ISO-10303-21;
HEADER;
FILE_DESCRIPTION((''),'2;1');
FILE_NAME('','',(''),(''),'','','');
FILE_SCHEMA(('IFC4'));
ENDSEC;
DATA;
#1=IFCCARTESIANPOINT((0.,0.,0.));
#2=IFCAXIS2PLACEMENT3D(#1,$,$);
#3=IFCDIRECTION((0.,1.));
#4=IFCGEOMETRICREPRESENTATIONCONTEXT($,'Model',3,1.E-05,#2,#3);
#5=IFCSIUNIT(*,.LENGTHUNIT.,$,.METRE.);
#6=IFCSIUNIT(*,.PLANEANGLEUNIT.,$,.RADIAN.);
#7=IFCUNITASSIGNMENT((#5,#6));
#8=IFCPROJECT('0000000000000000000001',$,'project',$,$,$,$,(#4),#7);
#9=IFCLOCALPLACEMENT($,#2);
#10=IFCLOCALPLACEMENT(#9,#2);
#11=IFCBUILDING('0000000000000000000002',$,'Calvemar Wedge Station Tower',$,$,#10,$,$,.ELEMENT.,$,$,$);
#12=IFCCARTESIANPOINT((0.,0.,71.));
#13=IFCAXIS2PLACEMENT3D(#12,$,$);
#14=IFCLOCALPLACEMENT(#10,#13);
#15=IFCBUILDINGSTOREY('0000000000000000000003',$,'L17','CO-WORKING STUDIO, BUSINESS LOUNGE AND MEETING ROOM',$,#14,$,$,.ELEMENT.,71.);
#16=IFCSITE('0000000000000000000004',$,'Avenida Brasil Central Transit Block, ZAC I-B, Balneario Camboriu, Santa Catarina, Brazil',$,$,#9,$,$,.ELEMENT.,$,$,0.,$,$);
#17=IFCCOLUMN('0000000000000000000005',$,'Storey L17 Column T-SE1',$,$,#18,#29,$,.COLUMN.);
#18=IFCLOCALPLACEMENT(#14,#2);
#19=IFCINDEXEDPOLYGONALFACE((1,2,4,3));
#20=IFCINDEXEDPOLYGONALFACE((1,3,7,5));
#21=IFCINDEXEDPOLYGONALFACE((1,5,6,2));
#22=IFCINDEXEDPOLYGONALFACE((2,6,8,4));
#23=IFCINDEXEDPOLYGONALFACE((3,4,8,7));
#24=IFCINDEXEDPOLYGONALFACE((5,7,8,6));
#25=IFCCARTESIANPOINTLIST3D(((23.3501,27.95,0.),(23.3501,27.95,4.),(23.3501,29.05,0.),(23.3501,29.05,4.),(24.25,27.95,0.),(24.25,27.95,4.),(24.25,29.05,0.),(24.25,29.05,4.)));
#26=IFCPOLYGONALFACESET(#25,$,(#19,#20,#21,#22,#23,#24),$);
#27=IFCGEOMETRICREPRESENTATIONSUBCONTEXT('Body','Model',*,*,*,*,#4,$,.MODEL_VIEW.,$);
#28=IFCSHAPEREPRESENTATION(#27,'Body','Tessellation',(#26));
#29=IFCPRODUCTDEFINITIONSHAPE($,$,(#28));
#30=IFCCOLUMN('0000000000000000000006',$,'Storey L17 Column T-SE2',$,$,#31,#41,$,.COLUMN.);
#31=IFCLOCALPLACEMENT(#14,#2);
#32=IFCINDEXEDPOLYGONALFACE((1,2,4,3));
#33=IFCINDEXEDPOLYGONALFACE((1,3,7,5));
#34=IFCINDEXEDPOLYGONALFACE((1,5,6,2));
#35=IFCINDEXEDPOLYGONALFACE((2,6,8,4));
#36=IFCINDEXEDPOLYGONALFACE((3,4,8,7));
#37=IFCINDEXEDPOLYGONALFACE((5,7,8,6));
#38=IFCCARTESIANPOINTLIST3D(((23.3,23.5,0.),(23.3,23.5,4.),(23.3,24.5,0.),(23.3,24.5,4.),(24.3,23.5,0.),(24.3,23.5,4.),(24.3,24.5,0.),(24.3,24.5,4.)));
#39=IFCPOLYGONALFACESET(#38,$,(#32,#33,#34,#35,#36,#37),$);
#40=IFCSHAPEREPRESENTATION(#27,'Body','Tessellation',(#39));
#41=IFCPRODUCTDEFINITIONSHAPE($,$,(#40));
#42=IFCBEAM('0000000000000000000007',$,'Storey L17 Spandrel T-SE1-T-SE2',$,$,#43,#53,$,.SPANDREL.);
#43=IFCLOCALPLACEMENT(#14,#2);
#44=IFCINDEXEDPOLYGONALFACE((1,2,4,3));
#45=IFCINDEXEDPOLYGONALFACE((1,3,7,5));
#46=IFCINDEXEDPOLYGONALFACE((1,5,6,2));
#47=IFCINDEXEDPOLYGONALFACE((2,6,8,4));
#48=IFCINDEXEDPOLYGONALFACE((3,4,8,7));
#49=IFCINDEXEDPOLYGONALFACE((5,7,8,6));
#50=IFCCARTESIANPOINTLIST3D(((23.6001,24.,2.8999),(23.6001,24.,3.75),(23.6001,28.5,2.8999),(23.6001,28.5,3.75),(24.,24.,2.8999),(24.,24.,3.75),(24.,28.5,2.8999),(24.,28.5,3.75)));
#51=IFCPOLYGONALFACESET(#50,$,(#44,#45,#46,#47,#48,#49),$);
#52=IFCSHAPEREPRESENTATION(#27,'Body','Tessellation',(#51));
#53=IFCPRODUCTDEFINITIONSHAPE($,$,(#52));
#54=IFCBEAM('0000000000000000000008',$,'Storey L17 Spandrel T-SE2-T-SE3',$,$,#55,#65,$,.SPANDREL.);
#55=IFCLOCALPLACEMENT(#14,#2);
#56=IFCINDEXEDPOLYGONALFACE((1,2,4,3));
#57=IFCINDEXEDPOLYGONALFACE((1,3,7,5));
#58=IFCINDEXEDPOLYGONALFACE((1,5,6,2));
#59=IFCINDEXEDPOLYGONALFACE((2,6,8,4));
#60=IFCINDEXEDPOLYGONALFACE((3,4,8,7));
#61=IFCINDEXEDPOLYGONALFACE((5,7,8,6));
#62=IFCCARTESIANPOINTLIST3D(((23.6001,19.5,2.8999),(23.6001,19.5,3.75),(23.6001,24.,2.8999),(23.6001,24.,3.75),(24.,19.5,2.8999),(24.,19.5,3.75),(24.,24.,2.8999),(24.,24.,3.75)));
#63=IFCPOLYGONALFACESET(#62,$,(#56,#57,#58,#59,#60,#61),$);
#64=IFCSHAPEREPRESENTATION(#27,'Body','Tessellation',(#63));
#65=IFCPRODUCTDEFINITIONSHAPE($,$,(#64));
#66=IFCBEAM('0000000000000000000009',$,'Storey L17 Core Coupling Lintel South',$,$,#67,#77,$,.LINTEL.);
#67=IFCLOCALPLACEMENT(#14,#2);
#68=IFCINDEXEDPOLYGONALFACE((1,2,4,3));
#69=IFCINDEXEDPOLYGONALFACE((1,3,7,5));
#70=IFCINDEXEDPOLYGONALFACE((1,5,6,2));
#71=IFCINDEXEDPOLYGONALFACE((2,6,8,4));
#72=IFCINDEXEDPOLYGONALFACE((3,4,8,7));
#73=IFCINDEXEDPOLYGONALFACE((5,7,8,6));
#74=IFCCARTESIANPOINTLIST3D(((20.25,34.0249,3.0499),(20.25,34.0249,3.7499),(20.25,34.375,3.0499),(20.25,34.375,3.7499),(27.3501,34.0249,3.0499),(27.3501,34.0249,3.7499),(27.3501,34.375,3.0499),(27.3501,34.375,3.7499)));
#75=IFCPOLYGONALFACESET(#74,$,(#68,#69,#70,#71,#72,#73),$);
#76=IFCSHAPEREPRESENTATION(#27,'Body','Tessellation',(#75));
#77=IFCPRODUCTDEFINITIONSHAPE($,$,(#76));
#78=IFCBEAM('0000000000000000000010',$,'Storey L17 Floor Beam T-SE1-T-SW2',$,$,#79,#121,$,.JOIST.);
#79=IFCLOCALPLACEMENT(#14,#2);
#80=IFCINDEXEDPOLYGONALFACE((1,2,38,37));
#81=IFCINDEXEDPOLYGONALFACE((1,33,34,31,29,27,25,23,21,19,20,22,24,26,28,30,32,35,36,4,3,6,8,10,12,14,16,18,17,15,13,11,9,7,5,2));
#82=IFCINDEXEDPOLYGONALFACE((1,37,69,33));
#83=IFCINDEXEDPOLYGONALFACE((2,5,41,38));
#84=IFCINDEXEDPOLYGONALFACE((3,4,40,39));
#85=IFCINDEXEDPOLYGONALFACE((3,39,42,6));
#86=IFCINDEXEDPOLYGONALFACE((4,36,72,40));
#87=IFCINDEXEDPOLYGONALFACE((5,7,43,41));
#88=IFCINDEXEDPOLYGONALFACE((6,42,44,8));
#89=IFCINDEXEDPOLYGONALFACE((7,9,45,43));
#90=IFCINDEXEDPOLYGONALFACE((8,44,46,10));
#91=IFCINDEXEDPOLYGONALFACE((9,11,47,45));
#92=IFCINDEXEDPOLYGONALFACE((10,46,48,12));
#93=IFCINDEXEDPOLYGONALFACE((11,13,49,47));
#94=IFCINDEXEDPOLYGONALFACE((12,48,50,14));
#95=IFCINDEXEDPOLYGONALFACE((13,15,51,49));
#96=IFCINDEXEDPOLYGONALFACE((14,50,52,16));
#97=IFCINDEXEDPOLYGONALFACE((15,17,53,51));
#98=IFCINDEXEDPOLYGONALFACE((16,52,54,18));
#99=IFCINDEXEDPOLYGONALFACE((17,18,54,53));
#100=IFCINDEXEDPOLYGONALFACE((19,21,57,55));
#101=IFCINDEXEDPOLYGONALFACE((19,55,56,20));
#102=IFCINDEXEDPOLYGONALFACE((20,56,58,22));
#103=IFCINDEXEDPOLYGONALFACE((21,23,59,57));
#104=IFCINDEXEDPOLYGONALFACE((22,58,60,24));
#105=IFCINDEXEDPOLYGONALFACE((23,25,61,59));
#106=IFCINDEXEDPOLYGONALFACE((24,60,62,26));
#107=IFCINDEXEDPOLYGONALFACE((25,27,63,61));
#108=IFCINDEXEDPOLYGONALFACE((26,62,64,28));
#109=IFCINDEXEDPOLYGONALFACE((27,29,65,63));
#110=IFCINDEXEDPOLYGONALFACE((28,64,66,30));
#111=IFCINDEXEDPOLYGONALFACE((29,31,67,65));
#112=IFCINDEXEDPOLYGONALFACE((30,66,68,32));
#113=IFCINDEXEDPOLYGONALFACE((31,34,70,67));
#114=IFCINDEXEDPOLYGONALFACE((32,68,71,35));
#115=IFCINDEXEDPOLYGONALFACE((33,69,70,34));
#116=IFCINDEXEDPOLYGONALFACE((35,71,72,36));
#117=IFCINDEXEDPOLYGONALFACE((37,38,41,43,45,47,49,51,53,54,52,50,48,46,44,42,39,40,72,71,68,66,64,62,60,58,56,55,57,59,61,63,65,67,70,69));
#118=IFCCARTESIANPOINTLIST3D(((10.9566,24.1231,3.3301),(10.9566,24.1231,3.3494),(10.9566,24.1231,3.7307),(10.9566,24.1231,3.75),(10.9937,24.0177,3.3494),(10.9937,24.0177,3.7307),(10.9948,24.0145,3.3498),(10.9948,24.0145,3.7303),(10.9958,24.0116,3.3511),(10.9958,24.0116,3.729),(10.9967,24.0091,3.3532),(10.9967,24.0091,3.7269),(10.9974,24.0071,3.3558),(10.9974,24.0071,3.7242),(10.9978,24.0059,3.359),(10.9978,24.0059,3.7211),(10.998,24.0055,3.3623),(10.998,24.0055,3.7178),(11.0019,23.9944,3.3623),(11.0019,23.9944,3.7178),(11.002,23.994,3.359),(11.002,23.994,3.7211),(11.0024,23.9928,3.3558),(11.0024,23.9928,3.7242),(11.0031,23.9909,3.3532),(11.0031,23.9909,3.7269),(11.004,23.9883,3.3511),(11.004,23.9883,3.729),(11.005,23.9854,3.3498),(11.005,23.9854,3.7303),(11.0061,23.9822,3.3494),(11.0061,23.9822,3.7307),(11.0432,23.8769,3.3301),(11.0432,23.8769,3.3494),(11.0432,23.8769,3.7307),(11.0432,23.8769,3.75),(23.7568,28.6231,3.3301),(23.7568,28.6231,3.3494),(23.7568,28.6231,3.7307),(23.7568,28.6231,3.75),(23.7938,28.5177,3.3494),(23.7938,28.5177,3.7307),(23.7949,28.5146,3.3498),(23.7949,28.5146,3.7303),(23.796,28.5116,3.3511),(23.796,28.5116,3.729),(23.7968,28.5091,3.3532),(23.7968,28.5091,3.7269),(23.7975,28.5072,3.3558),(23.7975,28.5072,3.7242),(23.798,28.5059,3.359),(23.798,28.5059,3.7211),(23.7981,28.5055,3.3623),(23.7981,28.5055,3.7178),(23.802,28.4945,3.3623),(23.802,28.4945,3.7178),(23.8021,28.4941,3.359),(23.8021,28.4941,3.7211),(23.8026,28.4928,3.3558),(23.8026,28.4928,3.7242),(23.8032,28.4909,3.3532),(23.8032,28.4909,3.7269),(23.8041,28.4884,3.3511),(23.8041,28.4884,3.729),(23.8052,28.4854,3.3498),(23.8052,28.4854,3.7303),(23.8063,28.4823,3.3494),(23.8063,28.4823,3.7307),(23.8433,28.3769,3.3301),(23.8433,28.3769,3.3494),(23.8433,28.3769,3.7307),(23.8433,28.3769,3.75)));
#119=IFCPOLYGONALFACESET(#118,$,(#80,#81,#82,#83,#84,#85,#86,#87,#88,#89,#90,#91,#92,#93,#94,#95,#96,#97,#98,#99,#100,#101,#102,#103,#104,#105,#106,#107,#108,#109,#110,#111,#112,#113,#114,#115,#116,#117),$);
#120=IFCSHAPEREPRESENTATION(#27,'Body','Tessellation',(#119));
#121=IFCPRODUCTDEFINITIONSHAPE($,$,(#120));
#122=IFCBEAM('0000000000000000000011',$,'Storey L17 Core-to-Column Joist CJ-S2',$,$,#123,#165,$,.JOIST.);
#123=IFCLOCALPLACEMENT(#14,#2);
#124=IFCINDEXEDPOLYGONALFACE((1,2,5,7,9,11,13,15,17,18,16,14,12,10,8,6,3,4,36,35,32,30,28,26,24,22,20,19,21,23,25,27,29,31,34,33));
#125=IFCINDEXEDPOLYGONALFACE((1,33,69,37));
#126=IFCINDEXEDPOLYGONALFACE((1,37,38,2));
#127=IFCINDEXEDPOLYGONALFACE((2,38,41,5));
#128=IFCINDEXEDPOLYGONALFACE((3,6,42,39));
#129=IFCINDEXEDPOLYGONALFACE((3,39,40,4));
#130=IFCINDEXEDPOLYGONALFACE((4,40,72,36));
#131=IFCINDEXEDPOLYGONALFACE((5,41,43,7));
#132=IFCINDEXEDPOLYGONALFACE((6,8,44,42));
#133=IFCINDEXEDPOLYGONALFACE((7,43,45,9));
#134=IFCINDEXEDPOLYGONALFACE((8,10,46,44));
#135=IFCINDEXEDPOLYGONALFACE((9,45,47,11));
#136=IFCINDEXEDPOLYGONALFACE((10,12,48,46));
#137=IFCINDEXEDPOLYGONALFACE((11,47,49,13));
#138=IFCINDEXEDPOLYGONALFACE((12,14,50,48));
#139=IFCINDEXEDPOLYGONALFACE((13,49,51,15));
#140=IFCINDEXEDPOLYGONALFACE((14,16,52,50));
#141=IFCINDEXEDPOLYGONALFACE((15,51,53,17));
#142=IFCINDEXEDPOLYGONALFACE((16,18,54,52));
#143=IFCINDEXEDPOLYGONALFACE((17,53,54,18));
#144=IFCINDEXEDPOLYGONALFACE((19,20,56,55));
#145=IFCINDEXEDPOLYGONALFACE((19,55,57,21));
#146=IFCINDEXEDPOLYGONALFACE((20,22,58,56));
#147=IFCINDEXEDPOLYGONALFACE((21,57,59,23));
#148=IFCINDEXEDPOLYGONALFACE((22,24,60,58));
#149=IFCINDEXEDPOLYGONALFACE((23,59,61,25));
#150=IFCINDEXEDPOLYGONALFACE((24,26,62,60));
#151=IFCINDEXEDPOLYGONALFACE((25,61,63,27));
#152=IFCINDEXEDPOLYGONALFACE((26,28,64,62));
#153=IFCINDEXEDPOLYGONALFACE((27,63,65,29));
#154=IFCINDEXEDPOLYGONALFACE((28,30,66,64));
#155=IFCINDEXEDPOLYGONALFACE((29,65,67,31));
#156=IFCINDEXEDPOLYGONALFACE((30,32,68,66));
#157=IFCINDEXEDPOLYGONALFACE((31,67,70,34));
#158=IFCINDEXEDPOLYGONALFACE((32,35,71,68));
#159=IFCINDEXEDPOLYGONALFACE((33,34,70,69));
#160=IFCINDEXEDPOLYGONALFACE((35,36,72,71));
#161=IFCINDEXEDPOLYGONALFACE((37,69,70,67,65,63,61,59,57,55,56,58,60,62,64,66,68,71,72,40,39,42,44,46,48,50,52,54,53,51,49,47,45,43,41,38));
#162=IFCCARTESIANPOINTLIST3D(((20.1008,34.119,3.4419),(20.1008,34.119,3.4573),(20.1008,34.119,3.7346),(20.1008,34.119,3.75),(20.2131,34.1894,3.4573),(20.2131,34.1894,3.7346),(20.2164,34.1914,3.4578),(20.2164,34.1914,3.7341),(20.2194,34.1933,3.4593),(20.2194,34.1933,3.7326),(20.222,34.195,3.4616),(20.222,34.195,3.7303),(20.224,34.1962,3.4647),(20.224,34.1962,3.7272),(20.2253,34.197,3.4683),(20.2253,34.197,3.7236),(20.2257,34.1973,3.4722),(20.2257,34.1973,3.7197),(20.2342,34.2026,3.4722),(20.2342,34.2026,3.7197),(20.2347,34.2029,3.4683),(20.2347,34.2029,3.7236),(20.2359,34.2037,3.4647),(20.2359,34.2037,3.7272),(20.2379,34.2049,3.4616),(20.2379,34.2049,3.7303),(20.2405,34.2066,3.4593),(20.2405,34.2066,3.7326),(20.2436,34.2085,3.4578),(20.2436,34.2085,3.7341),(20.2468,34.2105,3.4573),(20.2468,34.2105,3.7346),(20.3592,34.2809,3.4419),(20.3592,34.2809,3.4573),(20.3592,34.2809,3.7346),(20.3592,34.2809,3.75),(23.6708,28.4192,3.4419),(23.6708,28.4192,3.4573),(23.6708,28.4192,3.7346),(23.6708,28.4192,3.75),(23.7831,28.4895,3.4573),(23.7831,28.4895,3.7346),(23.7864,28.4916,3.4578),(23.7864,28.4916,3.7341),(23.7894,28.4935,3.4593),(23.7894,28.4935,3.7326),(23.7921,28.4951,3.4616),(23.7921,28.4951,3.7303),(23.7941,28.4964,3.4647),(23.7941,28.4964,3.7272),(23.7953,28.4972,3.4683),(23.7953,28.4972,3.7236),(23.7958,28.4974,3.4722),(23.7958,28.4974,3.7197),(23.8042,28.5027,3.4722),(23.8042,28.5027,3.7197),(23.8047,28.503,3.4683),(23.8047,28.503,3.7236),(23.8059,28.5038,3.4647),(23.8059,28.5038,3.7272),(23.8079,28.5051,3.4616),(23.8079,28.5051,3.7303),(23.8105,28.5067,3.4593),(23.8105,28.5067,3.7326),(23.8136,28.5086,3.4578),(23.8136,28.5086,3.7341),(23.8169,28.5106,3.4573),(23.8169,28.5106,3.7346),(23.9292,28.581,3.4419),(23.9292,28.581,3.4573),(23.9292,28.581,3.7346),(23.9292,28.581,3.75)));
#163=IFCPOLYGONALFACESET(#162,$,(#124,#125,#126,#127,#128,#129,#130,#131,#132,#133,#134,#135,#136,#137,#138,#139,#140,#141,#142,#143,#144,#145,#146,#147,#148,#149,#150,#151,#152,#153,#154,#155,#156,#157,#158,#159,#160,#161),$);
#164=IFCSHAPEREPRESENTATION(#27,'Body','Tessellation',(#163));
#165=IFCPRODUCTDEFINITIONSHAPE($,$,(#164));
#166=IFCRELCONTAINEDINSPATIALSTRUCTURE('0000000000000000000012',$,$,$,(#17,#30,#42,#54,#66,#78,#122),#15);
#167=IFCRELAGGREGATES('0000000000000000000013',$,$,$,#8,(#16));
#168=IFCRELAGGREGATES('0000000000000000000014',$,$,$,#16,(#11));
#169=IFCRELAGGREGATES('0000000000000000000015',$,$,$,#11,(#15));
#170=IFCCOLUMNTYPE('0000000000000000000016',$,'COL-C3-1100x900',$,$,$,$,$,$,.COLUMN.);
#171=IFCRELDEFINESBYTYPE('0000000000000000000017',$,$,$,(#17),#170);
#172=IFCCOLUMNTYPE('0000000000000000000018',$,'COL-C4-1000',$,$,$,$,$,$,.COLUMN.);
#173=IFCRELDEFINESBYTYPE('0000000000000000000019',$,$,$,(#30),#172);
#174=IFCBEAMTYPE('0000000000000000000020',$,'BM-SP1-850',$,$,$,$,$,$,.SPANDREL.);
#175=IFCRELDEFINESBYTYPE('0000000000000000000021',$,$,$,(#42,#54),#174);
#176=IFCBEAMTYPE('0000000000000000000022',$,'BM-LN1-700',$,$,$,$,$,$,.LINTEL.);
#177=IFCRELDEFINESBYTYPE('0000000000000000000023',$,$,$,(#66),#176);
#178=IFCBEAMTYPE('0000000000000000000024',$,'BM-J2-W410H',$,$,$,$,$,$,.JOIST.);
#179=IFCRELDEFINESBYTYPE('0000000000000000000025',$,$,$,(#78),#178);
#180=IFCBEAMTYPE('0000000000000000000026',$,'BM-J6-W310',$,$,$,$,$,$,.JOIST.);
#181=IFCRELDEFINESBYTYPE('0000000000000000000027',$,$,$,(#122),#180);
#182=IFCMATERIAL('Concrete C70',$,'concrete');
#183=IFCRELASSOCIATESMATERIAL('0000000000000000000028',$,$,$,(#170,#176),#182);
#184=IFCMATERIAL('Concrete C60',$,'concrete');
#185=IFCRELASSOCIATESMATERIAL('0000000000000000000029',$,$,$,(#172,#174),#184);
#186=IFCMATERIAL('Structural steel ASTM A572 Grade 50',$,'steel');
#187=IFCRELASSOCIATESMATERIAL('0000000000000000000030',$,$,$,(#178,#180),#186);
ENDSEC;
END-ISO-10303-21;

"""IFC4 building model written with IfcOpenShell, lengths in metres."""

from ifc_helpers import new_model, si_unit, direction, frame, origin, origin_2d, place, context, subcontext, project, spatial, rectangle, i_section, extrude, source, transform, mapped, material, material_profile, profile_set, type_object, element, save


model = new_model("IFC4")

# Units and contexts
model_context = context("Model", 3, precision=1e-05, world=origin(), true_north=direction((0.0, 1.0)))
body_context = subcontext(model_context, "Body", "Model", "MODEL_VIEW")
ifc_project = project(units=[si_unit("LENGTHUNIT", "METRE"), si_unit("PLANEANGLEUNIT", "RADIAN")], contexts=[model_context])

# Site, building, storey
site_placement = place(None, origin())
site = spatial("IfcSite", under=ifc_project, at=site_placement, Name="Avenida Brasil Central Transit Block, ZAC I-B, Balneario Camboriu, Santa Catarina, Brazil", CompositionType="ELEMENT", RefElevation=0.0)
building_placement = place(site_placement, origin())
building = spatial("IfcBuilding", under=site, at=building_placement, Name="Calvemar Wedge Station Tower", CompositionType="ELEMENT")
storey_placement = place(building_placement, frame((0.0, 0.0, 71.0)))
storey = spatial("IfcBuildingStorey", under=building, at=storey_placement, Name="L17", Description="CO-WORKING STUDIO, BUSINESS LOUNGE AND MEETING ROOM", CompositionType="ELEMENT", Elevation=71.0)

# Columns
ifc_material_1 = material(Name="Concrete C70", Category="concrete")
ifc_material_profile_1 = material_profile(ifc_material_1, rectangle(XDim=0.8999, YDim=1.1001, at=origin_2d()), Name="RC1100x900")
ifc_profile_set_1 = profile_set([ifc_material_profile_1], Name="Concrete C70")
column_type_1 = type_object("IfcColumnType", Name="COL-C3-1100x900", PredefinedType="COLUMN", material=ifc_profile_set_1)
shared_shape_1 = source(origin(), body_context, "Body", "SweptSolid", [
    extrude(rectangle(XDim=0.8999, YDim=1.1001, at=origin_2d()), origin(), (0.0, 0.0, 1.0), 4.0),
])
column_1_placement = place(storey_placement, frame((23.8, 28.5, 0.0), z_axis=(0.0, 0.0, 1.0), x_axis=(1.0, 0.0, 0.0)))
element("IfcColumn", 1, at=column_1_placement, inside=storey, type_object=column_type_1, Name="Storey L17 Column T-SE1", PredefinedType="COLUMN", context=body_context, shape_type="MappedRepresentation", body=[
    mapped(shared_shape_1, transform((0.0, 0.0, 0.0), scale=1.0)),
])
ifc_material_2 = material(Name="Concrete C60", Category="concrete")
ifc_material_profile_2 = material_profile(ifc_material_2, rectangle(XDim=1.0, YDim=1.0, at=origin_2d()), Name="RC1000x1000")
ifc_profile_set_2 = profile_set([ifc_material_profile_2], Name="Concrete C60")
column_type_2 = type_object("IfcColumnType", Name="COL-C4-1000", PredefinedType="COLUMN", material=ifc_profile_set_2)
shared_shape_2 = source(origin(), body_context, "Body", "SweptSolid", [
    extrude(rectangle(XDim=1.0, YDim=1.0, at=origin_2d()), origin(), (0.0, 0.0, 1.0), 4.0),
])
column_2_placement = place(storey_placement, frame((23.8, 24.0, 0.0), z_axis=(0.0, 0.0, 1.0), x_axis=(1.0, 0.0, 0.0)))
element("IfcColumn", 2, at=column_2_placement, inside=storey, type_object=column_type_2, Name="Storey L17 Column T-SE2", PredefinedType="COLUMN", context=body_context, shape_type="MappedRepresentation", body=[
    mapped(shared_shape_2, transform((0.0, 0.0, 0.0), scale=1.0)),
])

# Beams
ifc_material_profile_3 = material_profile(ifc_material_2, rectangle(XDim=0.3999, YDim=0.8501, at=origin_2d()), Name="RC400x850")
ifc_profile_set_3 = profile_set([ifc_material_profile_3], Name="Concrete C60")
beam_type_1 = type_object("IfcBeamType", Name="BM-SP1-850", PredefinedType="SPANDREL", material=ifc_profile_set_3)
shared_shape_3 = source(origin(), body_context, "Body", "SweptSolid", [
    extrude(rectangle(XDim=0.3999, YDim=0.8501, at=origin_2d()), origin(), (0.0, 0.0, 1.0), 4.5),
])
for number, where, z_axis, x_axis, name in (
    (3, (23.8, 28.5, 3.325), (0.0, -1.0, 0.0), (1.0, 0.0, 0.0), "Storey L17 Spandrel T-SE1-T-SE2"),
    (4, (23.8, 24.0, 3.325), (0.0, -1.0, 0.0), (1.0, 0.0, 0.0), "Storey L17 Spandrel T-SE2-T-SE3"),
):
    element("IfcBeam", number, at=place(storey_placement, frame(where, z_axis=z_axis, x_axis=x_axis)), inside=storey, type_object=beam_type_1, Name=name, PredefinedType="SPANDREL", context=body_context, shape_type="MappedRepresentation", body=[
        mapped(shared_shape_3, transform((0.0, 0.0, 0.0), scale=1.0)),
    ])
ifc_material_profile_4 = material_profile(ifc_material_1, rectangle(XDim=0.3501, YDim=0.7, at=origin_2d()), Name="RC350x700")
ifc_profile_set_4 = profile_set([ifc_material_profile_4], Name="Concrete C70")
beam_type_2 = type_object("IfcBeamType", Name="BM-LN1-700", PredefinedType="LINTEL", material=ifc_profile_set_4)
shared_shape_4 = source(origin(), body_context, "Body", "SweptSolid", [
    extrude(rectangle(XDim=0.3501, YDim=0.7, at=origin_2d()), origin(), (0.0, 0.0, 1.0), 7.1001),
])
beam_1_placement = place(storey_placement, frame((20.25, 34.2, 3.3999), z_axis=(1.0, 0.0, 0.0), x_axis=(0.0, 1.0, 0.0)))
element("IfcBeam", 5, at=beam_1_placement, inside=storey, type_object=beam_type_2, Name="Storey L17 Core Coupling Lintel South", PredefinedType="LINTEL", context=body_context, shape_type="MappedRepresentation", body=[
    mapped(shared_shape_4, transform((0.0, 0.0, 0.0), scale=1.0)),
])
ifc_material_3 = material(Name="Structural steel ASTM A572 Grade 50", Category="steel")
ifc_material_profile_5 = material_profile(ifc_material_3, i_section(OverallWidth=0.261, OverallDepth=0.4199, WebThickness=0.0117, FlangeThickness=0.0193, FilletRadius=0.0129, at=origin_2d()), Name="W410x114")
ifc_profile_set_5 = profile_set([ifc_material_profile_5], Name="Structural steel ASTM A572 Grade 50")
beam_type_3 = type_object("IfcBeamType", Name="BM-J2-W410H", PredefinedType="JOIST", material=ifc_profile_set_5)
shared_shape_5 = source(origin(), body_context, "Body", "SweptSolid", [
    extrude(i_section(OverallWidth=0.261, OverallDepth=0.4199, WebThickness=0.0117, FlangeThickness=0.0193, FilletRadius=0.0129, at=origin_2d()), origin(), (0.0, 0.0, 1.0), 13.5681),
])
beam_2_placement = place(storey_placement, frame((23.8, 28.5, 3.54), z_axis=(-0.943398, -0.331662, 0.0), x_axis=(0.331662, -0.943398, 0.0)))
element("IfcBeam", 6, at=beam_2_placement, inside=storey, type_object=beam_type_3, Name="Storey L17 Floor Beam T-SE1-T-SW2", PredefinedType="JOIST", context=body_context, shape_type="MappedRepresentation", body=[
    mapped(shared_shape_5, transform((0.0, 0.0, 0.0), scale=1.0)),
])
ifc_material_profile_6 = material_profile(ifc_material_3, i_section(OverallWidth=0.3049, OverallDepth=0.3081, WebThickness=0.01, FlangeThickness=0.0154, FilletRadius=0.0149, at=origin_2d()), Name="W310x97")
ifc_profile_set_6 = profile_set([ifc_material_profile_6], Name="Structural steel ASTM A572 Grade 50")
beam_type_4 = type_object("IfcBeamType", Name="BM-J6-W310", PredefinedType="JOIST", material=ifc_profile_set_6)
shared_shape_6 = source(origin(), body_context, "Body", "SweptSolid", [
    extrude(i_section(OverallWidth=0.3049, OverallDepth=0.3081, WebThickness=0.01, FlangeThickness=0.0154, FilletRadius=0.0149, at=origin_2d()), origin(), (0.0, 0.0, 1.0), 6.7256),
])
beam_3_placement = place(storey_placement, frame((20.23, 34.2, 3.5959), z_axis=(0.530811, -0.84749, 0.0), x_axis=(0.84749, 0.530811, 0.0)))
element("IfcBeam", 7, at=beam_3_placement, inside=storey, type_object=beam_type_4, Name="Storey L17 Core-to-Column Joist CJ-S2", PredefinedType="JOIST", context=body_context, shape_type="MappedRepresentation", body=[
    mapped(shared_shape_6, transform((0.0, 0.0, 0.0), scale=1.0)),
])

save(model, "model.ifc")
